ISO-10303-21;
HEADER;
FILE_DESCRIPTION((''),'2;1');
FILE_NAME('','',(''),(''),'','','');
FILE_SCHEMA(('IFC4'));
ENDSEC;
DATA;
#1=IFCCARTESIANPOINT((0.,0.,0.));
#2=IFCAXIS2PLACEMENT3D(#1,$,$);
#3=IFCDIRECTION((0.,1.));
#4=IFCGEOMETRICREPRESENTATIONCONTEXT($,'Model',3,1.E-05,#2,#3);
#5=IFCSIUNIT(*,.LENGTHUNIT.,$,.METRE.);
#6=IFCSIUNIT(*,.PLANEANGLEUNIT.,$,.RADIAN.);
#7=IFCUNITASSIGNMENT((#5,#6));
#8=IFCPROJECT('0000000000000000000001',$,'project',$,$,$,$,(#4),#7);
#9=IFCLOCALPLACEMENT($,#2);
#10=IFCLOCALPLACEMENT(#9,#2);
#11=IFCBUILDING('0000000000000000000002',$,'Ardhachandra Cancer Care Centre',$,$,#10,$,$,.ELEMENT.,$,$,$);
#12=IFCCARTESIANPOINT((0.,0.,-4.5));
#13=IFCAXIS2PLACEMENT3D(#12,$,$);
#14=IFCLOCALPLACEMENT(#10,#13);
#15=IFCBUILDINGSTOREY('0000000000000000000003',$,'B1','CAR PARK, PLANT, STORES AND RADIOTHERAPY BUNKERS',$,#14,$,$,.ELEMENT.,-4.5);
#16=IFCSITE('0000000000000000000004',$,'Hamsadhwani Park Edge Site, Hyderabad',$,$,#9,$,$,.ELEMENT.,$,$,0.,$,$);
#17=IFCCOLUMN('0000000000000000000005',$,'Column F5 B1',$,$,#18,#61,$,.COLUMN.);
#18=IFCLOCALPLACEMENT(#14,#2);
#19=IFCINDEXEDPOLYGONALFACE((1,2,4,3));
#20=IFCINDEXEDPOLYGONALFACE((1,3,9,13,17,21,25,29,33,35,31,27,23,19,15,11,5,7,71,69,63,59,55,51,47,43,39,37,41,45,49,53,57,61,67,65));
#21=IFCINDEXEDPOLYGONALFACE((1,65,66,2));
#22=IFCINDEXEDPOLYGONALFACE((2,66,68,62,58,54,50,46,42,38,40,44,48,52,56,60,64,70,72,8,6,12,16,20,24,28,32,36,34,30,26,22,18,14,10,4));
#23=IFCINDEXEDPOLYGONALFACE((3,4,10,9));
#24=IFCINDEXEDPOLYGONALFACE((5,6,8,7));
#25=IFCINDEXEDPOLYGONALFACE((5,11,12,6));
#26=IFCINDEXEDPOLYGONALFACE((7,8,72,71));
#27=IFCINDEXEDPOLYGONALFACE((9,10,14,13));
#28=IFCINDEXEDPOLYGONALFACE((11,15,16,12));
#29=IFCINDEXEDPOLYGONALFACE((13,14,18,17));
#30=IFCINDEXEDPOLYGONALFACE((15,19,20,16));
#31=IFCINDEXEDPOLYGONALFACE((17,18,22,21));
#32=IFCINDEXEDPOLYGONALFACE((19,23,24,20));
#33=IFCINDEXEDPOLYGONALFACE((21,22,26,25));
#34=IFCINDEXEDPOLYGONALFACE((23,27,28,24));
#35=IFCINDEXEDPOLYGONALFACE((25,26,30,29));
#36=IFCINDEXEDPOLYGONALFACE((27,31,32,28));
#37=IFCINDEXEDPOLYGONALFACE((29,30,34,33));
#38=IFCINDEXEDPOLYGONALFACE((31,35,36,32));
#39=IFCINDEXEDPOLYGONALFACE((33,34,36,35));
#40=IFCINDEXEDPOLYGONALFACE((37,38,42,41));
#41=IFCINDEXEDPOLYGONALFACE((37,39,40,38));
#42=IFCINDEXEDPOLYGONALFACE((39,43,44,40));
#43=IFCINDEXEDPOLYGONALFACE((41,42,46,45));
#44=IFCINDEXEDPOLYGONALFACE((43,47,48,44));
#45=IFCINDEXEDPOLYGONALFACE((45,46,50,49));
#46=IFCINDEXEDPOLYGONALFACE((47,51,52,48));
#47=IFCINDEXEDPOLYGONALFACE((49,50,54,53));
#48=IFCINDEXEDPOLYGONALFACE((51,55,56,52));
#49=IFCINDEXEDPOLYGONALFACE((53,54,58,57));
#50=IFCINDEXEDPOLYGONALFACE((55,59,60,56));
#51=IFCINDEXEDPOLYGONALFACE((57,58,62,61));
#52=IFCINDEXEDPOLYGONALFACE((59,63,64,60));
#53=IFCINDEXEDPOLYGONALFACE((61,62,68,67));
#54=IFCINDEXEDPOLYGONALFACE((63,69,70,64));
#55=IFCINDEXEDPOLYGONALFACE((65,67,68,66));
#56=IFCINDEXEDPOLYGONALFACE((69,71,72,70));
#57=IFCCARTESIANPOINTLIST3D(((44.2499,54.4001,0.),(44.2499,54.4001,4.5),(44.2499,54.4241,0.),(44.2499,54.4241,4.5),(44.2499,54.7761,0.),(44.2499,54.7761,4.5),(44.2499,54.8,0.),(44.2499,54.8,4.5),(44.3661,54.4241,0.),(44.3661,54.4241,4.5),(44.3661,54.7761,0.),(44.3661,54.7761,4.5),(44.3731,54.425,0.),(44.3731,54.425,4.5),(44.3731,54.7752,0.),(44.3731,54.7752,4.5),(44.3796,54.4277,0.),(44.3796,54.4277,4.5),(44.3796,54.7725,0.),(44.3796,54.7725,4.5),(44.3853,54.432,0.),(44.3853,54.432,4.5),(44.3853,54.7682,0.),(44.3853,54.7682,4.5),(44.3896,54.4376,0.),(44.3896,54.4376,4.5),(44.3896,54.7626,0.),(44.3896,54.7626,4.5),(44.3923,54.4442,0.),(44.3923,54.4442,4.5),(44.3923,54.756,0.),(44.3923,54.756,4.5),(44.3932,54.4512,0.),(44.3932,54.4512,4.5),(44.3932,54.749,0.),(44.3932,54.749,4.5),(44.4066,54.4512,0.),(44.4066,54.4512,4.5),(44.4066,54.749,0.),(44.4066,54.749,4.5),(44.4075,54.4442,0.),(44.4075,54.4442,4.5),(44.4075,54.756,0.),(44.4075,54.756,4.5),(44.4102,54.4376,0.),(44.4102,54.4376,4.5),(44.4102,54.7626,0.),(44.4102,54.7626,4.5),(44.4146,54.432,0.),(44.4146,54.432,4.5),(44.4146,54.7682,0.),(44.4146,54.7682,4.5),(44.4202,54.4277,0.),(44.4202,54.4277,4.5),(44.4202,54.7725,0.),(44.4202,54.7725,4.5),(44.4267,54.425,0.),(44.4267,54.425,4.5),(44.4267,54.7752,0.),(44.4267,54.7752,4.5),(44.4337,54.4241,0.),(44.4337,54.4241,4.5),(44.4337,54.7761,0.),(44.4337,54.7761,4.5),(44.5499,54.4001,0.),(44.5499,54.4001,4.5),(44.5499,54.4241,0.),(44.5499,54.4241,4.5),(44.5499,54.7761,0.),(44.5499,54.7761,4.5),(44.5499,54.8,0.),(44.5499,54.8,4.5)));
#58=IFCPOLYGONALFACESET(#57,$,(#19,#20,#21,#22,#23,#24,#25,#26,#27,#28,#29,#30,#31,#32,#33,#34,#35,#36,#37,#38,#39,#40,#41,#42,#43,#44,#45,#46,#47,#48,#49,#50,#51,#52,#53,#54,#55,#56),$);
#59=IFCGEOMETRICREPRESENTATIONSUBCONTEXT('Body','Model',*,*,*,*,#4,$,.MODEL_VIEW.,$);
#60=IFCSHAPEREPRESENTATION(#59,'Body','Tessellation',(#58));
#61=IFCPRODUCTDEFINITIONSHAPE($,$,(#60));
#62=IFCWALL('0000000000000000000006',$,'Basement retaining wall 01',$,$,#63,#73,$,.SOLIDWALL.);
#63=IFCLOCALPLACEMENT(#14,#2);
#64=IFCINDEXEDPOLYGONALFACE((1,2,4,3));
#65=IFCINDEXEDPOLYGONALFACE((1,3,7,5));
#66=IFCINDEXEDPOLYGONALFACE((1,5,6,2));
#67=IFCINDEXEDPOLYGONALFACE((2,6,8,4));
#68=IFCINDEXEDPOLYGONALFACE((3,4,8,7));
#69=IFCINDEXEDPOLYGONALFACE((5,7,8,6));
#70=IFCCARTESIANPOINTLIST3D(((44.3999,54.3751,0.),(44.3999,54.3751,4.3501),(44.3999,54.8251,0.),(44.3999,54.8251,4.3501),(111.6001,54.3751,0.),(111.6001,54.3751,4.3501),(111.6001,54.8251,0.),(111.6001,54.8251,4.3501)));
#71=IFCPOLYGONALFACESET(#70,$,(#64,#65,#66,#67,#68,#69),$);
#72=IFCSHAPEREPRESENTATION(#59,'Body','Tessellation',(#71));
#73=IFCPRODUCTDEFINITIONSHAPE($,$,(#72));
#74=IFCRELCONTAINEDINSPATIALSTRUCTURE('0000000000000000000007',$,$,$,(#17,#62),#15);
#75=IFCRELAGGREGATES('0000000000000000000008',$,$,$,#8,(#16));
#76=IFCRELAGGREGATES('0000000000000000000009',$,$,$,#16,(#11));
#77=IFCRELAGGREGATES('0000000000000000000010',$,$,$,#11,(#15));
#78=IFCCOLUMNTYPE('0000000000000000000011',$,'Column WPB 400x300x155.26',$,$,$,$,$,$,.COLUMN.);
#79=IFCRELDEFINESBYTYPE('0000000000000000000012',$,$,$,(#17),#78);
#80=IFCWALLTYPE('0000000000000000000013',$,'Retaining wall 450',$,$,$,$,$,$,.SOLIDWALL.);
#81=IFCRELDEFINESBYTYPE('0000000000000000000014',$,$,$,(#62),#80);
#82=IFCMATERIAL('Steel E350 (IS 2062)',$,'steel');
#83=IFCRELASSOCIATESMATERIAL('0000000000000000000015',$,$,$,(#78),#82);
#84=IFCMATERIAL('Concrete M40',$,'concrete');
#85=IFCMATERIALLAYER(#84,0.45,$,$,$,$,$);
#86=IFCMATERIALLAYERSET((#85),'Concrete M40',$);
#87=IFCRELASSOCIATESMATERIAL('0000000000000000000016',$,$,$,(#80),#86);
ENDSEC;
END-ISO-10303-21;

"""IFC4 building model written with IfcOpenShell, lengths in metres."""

from ifc_helpers import new_model, si_unit, direction, frame, frame_2d, origin, origin_2d, place, context, subcontext, project, spatial, rectangle, i_section, extrude, material, layer, layer_set, material_profile, profile_set, type_object, element, save


model = new_model("IFC4")

# Units and contexts
model_context = context("Model", 3, precision=1e-05, world=origin(), true_north=direction((0.0, 1.0)))
body_context = subcontext(model_context, "Body", "Model", "MODEL_VIEW")
ifc_project = project(units=[si_unit("LENGTHUNIT", "METRE"), si_unit("PLANEANGLEUNIT", "RADIAN")], contexts=[model_context])

# Site, building, storey
site_placement = place(None, origin())
site = spatial("IfcSite", under=ifc_project, at=site_placement, Name="Hamsadhwani Park Edge Site, Hyderabad", CompositionType="ELEMENT", RefElevation=0.0)
building_placement = place(site_placement, origin())
building = spatial("IfcBuilding", under=site, at=building_placement, Name="Ardhachandra Cancer Care Centre", CompositionType="ELEMENT")
storey_placement = place(building_placement, frame((0.0, 0.0, -4.5)))
storey = spatial("IfcBuildingStorey", under=building, at=storey_placement, Name="B1", Description="CAR PARK, PLANT, STORES AND RADIOTHERAPY BUNKERS", CompositionType="ELEMENT", Elevation=-4.5)

# Column
ifc_material_1 = material(Name="Steel E350 (IS 2062)", Category="steel")
ifc_material_profile_1 = material_profile(ifc_material_1, i_section(OverallWidth=0.3, OverallDepth=0.3999, WebThickness=0.0134, FlangeThickness=0.0239, FilletRadius=0.0271, at=origin_2d()), Name="WPB 400x300x155.26")
ifc_profile_set_1 = profile_set([ifc_material_profile_1], Name="Steel E350 (IS 2062)")
column_type_1 = type_object("IfcColumnType", Name="Column WPB 400x300x155.26", PredefinedType="COLUMN", material=ifc_profile_set_1)
column_1_placement = place(storey_placement, frame((44.3999, 54.6001, 0.0), z_axis=(0.0, 0.0, 1.0), x_axis=(1.0, 0.0, 0.0)))
element("IfcColumn", 1, at=column_1_placement, inside=storey, type_object=column_type_1, Name="Column F5 B1", PredefinedType="COLUMN", context=body_context, shape_type="SweptSolid", body=[
    extrude(i_section(OverallWidth=0.3, OverallDepth=0.3999, WebThickness=0.0134, FlangeThickness=0.0239, FilletRadius=0.0271, at=origin_2d()), origin(), (0.0, 0.0, 1.0), 4.5),
])

# Wall
ifc_material_2 = material(Name="Concrete M40", Category="concrete")
ifc_layer = layer(ifc_material_2, 0.45)
ifc_layer_set = layer_set([ifc_layer], Name="Concrete M40")
wall_type = type_object("IfcWallType", Name="Retaining wall 450", PredefinedType="SOLIDWALL", material=ifc_layer_set)
wall_placement = place(storey_placement, frame((44.3999, 54.6001, 0.0), z_axis=(0.0, 0.0, 1.0), x_axis=(1.0, 0.0, 0.0)))
element("IfcWall", 2, at=wall_placement, inside=storey, type_object=wall_type, Name="Basement retaining wall 01", PredefinedType="SOLIDWALL", context=body_context, shape_type="SweptSolid", body=[
    extrude(rectangle(XDim=67.2002, YDim=0.45, at=frame_2d((33.6001, 0.0))), origin(), (0.0, 0.0, 1.0), 4.3501),
])

save(model, "model.ifc")
